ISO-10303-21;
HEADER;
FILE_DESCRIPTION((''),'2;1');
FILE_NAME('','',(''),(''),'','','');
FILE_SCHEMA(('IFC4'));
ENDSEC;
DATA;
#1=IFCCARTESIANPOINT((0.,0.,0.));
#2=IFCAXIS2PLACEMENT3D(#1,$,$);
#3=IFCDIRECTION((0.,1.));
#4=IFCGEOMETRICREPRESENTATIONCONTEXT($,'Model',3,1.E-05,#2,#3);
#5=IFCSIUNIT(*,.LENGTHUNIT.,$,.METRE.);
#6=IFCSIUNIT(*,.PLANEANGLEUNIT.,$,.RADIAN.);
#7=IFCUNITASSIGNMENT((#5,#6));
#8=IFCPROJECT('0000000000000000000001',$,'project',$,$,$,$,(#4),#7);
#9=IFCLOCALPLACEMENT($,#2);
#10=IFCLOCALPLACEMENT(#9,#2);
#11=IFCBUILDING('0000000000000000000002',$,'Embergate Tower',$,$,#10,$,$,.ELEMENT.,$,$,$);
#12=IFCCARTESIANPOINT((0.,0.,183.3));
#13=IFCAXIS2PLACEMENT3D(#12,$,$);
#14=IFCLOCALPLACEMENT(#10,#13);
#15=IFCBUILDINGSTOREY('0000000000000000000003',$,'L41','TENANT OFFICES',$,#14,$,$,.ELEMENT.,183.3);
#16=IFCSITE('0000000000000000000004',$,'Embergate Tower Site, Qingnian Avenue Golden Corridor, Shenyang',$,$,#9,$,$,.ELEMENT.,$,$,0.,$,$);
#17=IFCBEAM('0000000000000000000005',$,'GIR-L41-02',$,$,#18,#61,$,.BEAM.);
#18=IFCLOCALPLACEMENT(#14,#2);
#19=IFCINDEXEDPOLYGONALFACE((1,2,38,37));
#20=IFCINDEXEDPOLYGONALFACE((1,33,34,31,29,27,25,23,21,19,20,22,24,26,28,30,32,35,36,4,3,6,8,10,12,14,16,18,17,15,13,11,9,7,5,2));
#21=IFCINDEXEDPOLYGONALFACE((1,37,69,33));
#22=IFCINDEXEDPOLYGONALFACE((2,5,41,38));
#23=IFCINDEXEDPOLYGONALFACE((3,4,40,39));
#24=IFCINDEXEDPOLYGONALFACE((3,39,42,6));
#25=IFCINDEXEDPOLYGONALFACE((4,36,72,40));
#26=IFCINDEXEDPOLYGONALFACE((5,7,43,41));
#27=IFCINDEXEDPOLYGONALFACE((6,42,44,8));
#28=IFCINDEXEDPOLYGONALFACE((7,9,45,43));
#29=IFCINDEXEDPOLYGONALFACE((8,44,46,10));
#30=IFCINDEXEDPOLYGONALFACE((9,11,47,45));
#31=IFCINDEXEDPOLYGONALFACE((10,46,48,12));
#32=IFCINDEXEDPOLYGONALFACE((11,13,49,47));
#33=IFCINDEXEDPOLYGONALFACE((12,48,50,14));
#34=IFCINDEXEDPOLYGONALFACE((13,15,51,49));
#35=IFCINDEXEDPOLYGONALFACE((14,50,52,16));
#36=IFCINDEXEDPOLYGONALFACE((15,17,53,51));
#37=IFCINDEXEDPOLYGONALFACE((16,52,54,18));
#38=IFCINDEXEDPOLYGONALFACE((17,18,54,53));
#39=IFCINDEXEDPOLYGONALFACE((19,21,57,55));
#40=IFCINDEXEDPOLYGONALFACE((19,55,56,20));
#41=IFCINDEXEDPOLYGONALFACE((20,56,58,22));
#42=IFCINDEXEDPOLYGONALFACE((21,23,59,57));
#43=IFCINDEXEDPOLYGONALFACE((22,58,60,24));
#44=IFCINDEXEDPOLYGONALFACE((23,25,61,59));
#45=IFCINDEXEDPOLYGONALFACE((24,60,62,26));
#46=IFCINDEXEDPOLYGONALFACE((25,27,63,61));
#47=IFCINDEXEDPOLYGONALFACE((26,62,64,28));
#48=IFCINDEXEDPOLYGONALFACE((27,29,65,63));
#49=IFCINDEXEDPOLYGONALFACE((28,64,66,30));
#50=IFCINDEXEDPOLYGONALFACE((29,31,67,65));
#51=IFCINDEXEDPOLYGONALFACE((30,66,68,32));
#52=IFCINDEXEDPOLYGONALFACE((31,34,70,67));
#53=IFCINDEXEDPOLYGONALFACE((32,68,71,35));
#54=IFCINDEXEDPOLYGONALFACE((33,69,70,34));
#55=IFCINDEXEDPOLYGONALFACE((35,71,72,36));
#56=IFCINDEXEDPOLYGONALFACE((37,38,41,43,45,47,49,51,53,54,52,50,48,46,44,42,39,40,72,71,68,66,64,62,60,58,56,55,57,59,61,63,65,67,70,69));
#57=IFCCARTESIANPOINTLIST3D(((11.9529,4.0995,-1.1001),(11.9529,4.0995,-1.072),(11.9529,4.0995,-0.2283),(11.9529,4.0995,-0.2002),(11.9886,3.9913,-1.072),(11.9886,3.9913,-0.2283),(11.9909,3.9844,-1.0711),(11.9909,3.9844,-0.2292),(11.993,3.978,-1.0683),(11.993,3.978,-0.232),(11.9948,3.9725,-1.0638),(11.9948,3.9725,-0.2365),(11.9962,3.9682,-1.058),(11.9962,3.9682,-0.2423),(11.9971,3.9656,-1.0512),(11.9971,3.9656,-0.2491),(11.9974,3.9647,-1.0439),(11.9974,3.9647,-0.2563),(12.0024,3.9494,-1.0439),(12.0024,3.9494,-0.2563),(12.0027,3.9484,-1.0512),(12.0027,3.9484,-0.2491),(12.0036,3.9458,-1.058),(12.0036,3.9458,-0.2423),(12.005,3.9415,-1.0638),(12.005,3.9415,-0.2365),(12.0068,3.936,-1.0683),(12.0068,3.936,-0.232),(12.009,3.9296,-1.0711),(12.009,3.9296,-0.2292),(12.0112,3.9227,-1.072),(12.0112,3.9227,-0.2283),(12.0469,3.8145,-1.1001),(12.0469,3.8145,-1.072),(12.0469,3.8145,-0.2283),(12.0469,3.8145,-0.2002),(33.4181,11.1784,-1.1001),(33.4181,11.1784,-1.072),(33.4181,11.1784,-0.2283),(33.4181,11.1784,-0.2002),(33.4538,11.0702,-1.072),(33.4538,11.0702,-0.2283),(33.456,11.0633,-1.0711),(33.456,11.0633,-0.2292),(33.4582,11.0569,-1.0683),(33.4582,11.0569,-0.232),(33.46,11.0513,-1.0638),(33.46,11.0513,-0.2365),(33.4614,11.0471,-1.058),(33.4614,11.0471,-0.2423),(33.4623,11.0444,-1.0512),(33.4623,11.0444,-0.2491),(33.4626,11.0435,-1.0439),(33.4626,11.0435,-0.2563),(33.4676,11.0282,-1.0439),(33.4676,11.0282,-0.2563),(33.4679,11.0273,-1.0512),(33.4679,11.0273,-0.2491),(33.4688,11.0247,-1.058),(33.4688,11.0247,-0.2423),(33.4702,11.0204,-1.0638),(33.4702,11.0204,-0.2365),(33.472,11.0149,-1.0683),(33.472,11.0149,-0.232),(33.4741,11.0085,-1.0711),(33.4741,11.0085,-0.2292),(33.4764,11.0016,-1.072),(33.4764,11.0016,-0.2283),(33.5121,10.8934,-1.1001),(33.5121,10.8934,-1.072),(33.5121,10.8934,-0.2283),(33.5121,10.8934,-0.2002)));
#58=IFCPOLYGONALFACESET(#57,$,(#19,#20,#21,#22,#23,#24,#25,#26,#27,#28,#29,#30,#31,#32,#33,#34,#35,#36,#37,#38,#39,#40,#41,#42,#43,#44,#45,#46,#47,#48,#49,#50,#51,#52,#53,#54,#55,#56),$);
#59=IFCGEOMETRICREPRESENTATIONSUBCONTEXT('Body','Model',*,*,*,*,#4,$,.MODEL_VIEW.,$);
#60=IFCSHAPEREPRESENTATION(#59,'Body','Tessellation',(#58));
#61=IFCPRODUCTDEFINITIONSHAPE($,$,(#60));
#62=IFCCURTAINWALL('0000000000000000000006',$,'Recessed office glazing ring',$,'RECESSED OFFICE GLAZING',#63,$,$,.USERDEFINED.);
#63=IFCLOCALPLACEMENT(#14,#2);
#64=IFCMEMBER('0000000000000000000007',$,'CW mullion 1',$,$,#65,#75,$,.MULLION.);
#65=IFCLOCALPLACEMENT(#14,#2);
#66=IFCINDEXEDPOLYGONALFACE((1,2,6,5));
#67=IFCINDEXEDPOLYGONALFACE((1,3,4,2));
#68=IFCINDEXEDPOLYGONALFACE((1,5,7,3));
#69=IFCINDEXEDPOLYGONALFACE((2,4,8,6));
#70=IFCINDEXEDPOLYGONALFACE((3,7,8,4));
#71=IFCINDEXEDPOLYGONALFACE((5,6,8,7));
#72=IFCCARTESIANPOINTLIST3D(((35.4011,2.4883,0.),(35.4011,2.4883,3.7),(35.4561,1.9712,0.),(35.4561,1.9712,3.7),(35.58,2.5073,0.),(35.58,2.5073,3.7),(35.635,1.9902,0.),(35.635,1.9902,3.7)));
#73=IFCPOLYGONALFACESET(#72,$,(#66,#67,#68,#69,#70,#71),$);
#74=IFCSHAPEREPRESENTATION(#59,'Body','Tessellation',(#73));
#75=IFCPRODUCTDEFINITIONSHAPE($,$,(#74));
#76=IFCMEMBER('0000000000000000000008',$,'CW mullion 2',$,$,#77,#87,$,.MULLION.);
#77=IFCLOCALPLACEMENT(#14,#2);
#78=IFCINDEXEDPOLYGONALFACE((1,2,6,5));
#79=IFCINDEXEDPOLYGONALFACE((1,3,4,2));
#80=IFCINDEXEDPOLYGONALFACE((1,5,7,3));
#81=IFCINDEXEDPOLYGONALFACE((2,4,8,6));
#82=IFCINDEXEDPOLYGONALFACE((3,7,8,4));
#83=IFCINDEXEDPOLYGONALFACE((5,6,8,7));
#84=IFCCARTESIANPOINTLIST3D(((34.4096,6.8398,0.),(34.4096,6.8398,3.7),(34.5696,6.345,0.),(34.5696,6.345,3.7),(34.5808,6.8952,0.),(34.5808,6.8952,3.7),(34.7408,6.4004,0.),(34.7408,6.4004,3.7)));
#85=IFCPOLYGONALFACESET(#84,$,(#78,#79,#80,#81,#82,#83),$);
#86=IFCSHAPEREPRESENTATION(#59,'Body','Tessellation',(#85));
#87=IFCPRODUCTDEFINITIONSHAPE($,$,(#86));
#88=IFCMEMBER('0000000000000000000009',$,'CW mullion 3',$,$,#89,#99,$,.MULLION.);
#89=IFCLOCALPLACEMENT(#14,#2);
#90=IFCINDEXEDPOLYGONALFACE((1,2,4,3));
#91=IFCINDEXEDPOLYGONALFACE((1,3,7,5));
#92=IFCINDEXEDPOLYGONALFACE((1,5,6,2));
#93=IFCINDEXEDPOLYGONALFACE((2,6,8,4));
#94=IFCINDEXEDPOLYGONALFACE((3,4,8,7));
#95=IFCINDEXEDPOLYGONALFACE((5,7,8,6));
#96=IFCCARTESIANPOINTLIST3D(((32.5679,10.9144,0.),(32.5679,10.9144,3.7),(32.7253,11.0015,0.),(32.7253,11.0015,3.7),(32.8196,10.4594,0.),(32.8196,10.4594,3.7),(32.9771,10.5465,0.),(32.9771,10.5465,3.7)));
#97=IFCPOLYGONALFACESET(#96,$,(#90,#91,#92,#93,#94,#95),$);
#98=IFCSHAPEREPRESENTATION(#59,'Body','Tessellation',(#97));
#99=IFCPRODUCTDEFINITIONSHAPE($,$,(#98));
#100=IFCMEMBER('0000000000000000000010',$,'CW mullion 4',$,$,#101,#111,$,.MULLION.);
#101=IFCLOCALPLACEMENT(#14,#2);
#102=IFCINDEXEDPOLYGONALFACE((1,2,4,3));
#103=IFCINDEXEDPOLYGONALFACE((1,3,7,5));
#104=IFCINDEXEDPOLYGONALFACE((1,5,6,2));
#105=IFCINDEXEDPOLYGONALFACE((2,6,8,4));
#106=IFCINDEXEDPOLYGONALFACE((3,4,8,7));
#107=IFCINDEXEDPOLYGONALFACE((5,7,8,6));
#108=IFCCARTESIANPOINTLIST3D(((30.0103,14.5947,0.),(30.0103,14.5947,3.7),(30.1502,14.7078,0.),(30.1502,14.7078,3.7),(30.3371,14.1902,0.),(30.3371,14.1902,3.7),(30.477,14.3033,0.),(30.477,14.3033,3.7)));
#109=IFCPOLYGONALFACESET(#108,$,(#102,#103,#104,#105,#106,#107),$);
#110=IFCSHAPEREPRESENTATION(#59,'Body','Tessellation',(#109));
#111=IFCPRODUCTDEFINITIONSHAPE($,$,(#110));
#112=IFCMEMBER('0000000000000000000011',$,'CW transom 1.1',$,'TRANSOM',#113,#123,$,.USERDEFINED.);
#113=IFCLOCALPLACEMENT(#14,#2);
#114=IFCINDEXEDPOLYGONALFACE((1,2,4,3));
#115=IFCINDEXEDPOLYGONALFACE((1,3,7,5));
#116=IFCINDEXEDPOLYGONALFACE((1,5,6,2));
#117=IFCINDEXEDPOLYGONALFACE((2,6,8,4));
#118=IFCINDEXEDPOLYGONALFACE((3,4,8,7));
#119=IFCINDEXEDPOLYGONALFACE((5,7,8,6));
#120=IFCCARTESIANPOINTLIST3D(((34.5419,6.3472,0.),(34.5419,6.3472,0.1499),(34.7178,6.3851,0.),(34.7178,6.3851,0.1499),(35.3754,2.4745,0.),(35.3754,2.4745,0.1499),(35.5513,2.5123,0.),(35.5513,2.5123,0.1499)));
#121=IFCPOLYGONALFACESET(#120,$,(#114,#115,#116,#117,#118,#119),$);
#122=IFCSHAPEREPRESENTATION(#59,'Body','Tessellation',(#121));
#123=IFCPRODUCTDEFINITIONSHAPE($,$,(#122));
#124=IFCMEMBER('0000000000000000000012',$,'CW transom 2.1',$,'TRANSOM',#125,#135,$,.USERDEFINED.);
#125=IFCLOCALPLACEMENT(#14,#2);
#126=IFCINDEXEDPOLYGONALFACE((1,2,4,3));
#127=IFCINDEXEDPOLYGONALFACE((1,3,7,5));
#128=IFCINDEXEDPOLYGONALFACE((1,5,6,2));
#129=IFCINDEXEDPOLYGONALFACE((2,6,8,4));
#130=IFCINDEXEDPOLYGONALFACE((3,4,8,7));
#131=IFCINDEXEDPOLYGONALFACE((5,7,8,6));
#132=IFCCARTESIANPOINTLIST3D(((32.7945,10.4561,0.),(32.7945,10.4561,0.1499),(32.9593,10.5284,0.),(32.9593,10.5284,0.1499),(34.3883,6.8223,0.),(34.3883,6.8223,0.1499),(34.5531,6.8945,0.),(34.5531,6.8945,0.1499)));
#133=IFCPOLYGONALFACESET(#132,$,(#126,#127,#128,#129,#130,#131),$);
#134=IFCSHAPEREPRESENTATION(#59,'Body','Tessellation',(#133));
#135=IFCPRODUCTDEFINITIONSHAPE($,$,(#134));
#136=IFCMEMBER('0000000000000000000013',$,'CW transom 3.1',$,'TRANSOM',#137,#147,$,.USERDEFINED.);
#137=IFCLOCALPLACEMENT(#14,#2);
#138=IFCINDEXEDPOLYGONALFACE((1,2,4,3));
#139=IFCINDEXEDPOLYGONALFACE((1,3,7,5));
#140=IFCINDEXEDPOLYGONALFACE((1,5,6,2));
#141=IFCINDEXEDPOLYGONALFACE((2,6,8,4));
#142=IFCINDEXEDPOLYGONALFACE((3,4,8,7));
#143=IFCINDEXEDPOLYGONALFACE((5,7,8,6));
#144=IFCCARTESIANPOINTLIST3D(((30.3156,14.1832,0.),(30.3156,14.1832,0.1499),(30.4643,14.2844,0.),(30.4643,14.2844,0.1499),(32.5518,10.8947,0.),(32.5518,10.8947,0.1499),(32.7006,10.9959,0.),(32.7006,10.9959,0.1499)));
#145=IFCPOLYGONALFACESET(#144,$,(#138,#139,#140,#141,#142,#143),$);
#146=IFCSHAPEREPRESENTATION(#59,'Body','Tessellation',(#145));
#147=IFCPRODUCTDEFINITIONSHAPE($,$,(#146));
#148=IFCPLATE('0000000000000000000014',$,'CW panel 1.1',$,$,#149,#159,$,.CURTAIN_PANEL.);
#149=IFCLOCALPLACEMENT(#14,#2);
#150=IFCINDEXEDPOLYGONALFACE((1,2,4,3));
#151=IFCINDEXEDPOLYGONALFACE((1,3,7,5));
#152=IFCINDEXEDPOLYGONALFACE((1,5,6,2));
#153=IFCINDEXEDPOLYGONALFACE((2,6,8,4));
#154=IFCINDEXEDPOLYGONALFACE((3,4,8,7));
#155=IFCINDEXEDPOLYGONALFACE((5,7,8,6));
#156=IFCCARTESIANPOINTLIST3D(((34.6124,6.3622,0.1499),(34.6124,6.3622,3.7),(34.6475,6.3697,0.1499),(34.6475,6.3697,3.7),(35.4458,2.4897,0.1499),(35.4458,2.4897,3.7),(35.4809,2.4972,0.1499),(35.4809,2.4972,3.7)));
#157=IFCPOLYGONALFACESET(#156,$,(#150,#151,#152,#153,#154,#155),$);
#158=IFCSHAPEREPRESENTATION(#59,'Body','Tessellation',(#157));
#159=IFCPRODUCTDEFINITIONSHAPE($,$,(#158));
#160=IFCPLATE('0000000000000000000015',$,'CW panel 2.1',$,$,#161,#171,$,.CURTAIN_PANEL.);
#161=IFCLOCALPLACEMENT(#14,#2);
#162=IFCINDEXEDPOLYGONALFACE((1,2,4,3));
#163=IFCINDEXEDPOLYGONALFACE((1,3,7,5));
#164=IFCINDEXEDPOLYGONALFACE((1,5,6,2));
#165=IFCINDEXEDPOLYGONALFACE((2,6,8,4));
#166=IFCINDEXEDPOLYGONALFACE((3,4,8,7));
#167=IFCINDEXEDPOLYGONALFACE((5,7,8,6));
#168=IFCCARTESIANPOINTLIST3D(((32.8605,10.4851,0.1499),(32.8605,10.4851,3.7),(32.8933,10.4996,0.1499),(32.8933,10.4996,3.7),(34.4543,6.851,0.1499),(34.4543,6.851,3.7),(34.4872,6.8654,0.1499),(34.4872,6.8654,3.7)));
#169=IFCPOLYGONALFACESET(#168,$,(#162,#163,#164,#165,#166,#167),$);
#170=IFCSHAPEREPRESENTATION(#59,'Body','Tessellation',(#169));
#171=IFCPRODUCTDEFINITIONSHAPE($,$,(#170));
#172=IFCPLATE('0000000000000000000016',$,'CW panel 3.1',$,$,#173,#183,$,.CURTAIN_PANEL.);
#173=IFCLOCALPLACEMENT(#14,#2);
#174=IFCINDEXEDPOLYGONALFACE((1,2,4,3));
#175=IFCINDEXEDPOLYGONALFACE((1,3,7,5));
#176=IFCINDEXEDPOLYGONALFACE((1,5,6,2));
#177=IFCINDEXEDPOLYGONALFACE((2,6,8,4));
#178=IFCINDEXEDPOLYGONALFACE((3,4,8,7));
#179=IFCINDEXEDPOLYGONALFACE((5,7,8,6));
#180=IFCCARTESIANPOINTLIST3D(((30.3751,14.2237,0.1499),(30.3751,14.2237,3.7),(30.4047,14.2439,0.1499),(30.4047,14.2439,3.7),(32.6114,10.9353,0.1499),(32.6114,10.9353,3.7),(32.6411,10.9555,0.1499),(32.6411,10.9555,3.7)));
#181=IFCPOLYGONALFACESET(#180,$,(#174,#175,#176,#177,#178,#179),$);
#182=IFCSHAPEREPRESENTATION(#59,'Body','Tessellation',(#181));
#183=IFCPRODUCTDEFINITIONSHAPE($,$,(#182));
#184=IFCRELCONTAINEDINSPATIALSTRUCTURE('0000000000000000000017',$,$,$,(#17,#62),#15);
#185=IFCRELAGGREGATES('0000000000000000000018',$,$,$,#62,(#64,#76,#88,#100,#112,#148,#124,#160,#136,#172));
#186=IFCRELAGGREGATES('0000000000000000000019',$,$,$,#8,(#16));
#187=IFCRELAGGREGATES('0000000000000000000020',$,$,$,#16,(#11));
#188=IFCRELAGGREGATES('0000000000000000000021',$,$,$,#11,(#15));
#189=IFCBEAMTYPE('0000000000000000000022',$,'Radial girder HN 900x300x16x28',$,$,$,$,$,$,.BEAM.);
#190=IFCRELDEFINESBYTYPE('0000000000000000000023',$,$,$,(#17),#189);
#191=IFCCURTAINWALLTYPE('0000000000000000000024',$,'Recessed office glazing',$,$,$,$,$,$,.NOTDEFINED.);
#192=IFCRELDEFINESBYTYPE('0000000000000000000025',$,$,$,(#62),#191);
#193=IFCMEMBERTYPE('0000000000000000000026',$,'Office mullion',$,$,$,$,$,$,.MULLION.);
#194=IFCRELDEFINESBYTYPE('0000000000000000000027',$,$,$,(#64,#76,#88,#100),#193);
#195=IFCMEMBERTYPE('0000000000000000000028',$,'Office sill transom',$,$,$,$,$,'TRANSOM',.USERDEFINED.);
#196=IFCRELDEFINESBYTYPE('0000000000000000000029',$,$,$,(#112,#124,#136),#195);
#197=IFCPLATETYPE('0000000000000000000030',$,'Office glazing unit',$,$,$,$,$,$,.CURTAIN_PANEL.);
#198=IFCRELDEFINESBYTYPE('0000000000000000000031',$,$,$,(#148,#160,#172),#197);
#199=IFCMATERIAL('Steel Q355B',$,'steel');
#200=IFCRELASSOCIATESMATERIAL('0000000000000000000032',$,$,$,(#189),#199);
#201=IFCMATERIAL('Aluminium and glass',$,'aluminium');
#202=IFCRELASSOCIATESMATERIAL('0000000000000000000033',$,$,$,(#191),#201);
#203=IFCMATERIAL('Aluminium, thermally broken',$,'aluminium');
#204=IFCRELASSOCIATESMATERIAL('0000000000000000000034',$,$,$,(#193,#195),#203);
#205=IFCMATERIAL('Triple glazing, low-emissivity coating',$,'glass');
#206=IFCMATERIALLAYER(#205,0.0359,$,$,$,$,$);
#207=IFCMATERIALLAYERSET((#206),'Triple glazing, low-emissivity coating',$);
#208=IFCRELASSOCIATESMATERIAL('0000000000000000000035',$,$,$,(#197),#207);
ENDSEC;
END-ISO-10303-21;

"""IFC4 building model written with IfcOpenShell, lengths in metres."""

from ifc_helpers import new_model, si_unit, direction, frame, origin, origin_2d, place, context, subcontext, project, spatial, rectangle, i_section, extrude, source, transform, mapped, material, layer, layer_set, material_profile, profile_set, type_object, element, aggregate, save


model = new_model("IFC4")

# Units and contexts
model_context = context("Model", 3, precision=1e-05, world=origin(), true_north=direction((0.0, 1.0)))
body_context = subcontext(model_context, "Body", "Model", "MODEL_VIEW")
ifc_project = project(units=[si_unit("LENGTHUNIT", "METRE"), si_unit("PLANEANGLEUNIT", "RADIAN")], contexts=[model_context])

# Site, building, storey
site_placement = place(None, origin())
site = spatial("IfcSite", under=ifc_project, at=site_placement, Name="Embergate Tower Site, Qingnian Avenue Golden Corridor, Shenyang", CompositionType="ELEMENT", RefElevation=0.0)
building_placement = place(site_placement, origin())
building = spatial("IfcBuilding", under=site, at=building_placement, Name="Embergate Tower", CompositionType="ELEMENT")
storey_placement = place(building_placement, frame((0.0, 0.0, 183.3)))
storey = spatial("IfcBuildingStorey", under=building, at=storey_placement, Name="L41", Description="TENANT OFFICES", CompositionType="ELEMENT", Elevation=183.3)

# Beam
ifc_material_1 = material(Name="Steel Q355B", Category="steel")
ifc_material_profile_1 = material_profile(ifc_material_1, i_section(OverallWidth=0.3, OverallDepth=0.8999, WebThickness=0.0161, FlangeThickness=0.0281, FilletRadius=0.0281, at=origin_2d()), Name="HN 900x300x16x28")
ifc_profile_set_1 = profile_set([ifc_material_profile_1], Name="Steel Q355 grade B")
beam_type_1 = type_object("IfcBeamType", Name="Radial girder HN 900x300x16x28", PredefinedType="BEAM", material=ifc_profile_set_1)
shared_shape_1 = source(origin(), body_context, "Body", "SweptSolid", [
    extrude(i_section(OverallWidth=0.3, OverallDepth=0.8999, WebThickness=0.0161, FlangeThickness=0.0281, FilletRadius=0.0281, at=origin_2d()), origin(), (0.0, 0.0, 1.0), 22.6023),
])
beam_1_placement = place(storey_placement, frame((33.4651, 11.0359, -0.6501), z_axis=(-0.949689, -0.313193, 0.0), x_axis=(0.313193, -0.949689, 0.0)))
element("IfcBeam", 1, at=beam_1_placement, inside=storey, type_object=beam_type_1, Name="GIR-L41-02", PredefinedType="BEAM", context=body_context, shape_type="MappedRepresentation", body=[
    mapped(shared_shape_1, transform((0.0, 0.0, 0.0))),
])

# Curtain wall, members, plates
ifc_material_2 = material(Name="Aluminium and glass", Category="aluminium")
curtain_wall_type = type_object("IfcCurtainWallType", Name="Recessed office glazing", PredefinedType="NOTDEFINED", material=ifc_material_2)
curtain_wall_placement = place(storey_placement, origin())
curtain_wall = element("IfcCurtainWall", 2, at=curtain_wall_placement, inside=storey, type_object=curtain_wall_type, Name="Recessed office glazing ring", ObjectType="RECESSED OFFICE GLAZING", PredefinedType="USERDEFINED")
ifc_material_3 = material(Name="Aluminium, thermally broken", Category="aluminium")
ifc_material_profile_2 = material_profile(ifc_material_3, rectangle(XDim=0.1799, YDim=0.52, at=origin_2d()), Name="AL 520x180")
ifc_profile_set_2 = profile_set([ifc_material_profile_2], Name="Aluminium, thermally broken")
member_type_1 = type_object("IfcMemberType", Name="Office mullion", PredefinedType="MULLION", material=ifc_profile_set_2)
shared_shape_2 = source(origin(), body_context, "Body", "SweptSolid", [
    extrude(rectangle(XDim=0.1799, YDim=0.52, at=origin_2d()), origin(), (0.0, 0.0, 1.0), 3.7),
])
member_1_placement = place(storey_placement, frame((35.5181, 2.2393, 0.0), z_axis=(0.0, 0.0, 1.0), x_axis=(-0.994385, -0.105823, 0.0)))
member_1 = element("IfcMember", 3, at=member_1_placement, type_object=member_type_1, Name="CW mullion 1", PredefinedType="MULLION", context=body_context, shape_type="MappedRepresentation", body=[
    mapped(shared_shape_2, transform((0.0, 0.0, 0.0))),
])
member_2_placement = place(storey_placement, frame((34.5752, 6.6201, 0.0), z_axis=(0.0, 0.0, 1.0), x_axis=(-0.951498, -0.307656, 0.0)))
member_2 = element("IfcMember", 4, at=member_2_placement, type_object=member_type_1, Name="CW mullion 2", PredefinedType="MULLION", context=body_context, shape_type="MappedRepresentation", body=[
    mapped(shared_shape_2, transform((0.0, 0.0, 0.0))),
])
member_3_placement = place(storey_placement, frame((32.7725, 10.7305, 0.0), z_axis=(0.0, 0.0, 1.0), x_axis=(-0.875003, -0.484118, 0.0)))
member_3 = element("IfcMember", 5, at=member_3_placement, type_object=member_type_1, Name="CW mullion 3", PredefinedType="MULLION", context=body_context, shape_type="MappedRepresentation", body=[
    mapped(shared_shape_2, transform((0.0, 0.0, 0.0))),
])
member_4_placement = place(storey_placement, frame((30.2437, 14.449, 0.0), z_axis=(0.0, 0.0, 1.0), x_axis=(-0.777874, -0.628421, 0.0)))
member_4 = element("IfcMember", 6, at=member_4_placement, type_object=member_type_1, Name="CW mullion 4", PredefinedType="MULLION", context=body_context, shape_type="MappedRepresentation", body=[
    mapped(shared_shape_2, transform((0.0, 0.0, 0.0))),
])
ifc_material_profile_3 = material_profile(ifc_material_3, rectangle(XDim=0.1799, YDim=0.1499, at=origin_2d()), Name="AL 150x180")
ifc_profile_set_3 = profile_set([ifc_material_profile_3], Name="Aluminium, thermally broken")
member_type_2 = type_object("IfcMemberType", Name="Office sill transom", ElementType="TRANSOM", PredefinedType="USERDEFINED", material=ifc_profile_set_3)
shared_shape_3 = source(origin(), body_context, "Body", "SweptSolid", [
    extrude(rectangle(XDim=0.1799, YDim=0.1499, at=origin_2d()), origin(), (0.0, 0.0, 1.0), 3.9614),
])
member_5_placement = place(storey_placement, frame((35.4634, 2.4934, 0.075), z_axis=(-0.2104, 0.977615, 0.0), x_axis=(-0.977615, -0.2104, 0.0)))
member_5 = element("IfcMember", 7, at=member_5_placement, type_object=member_type_2, Name="CW transom 1.1", ObjectType="TRANSOM", PredefinedType="USERDEFINED", context=body_context, shape_type="MappedRepresentation", body=[
    mapped(shared_shape_3, transform((0.0, 0.0, 0.0))),
])
shared_shape_4 = source(origin(), body_context, "Body", "SweptSolid", [
    extrude(rectangle(XDim=0.1799, YDim=0.1499, at=origin_2d()), origin(), (0.0, 0.0, 1.0), 3.968),
])
member_6_placement = place(storey_placement, frame((34.4707, 6.8584, 0.075), z_axis=(-0.401658, 0.91579, 0.0), x_axis=(-0.91579, -0.401658, 0.0)))
member_6 = element("IfcMember", 8, at=member_6_placement, type_object=member_type_2, Name="CW transom 2.1", ObjectType="TRANSOM", PredefinedType="USERDEFINED", context=body_context, shape_type="MappedRepresentation", body=[
    mapped(shared_shape_4, transform((0.0, 0.0, 0.0))),
])
shared_shape_5 = source(origin(), body_context, "Body", "SweptSolid", [
    extrude(rectangle(XDim=0.1799, YDim=0.1499, at=origin_2d()), origin(), (0.0, 0.0, 1.0), 3.9768),
])
member_7_placement = place(storey_placement, frame((32.6262, 10.9453, 0.075), z_axis=(-0.562327, 0.826915, 0.0), x_axis=(-0.826915, -0.562327, 0.0)))
member_7 = element("IfcMember", 9, at=member_7_placement, type_object=member_type_2, Name="CW transom 3.1", ObjectType="TRANSOM", PredefinedType="USERDEFINED", context=body_context, shape_type="MappedRepresentation", body=[
    mapped(shared_shape_5, transform((0.0, 0.0, 0.0))),
])
ifc_material_4 = material(Name="Triple glazing, low-emissivity coating", Category="glass")
ifc_layer_1 = layer(ifc_material_4, 0.0359)
ifc_layer_set_1 = layer_set([ifc_layer_1], Name="Triple glazing, low-emissivity coating")
plate_type = type_object("IfcPlateType", Name="Office glazing unit", PredefinedType="CURTAIN_PANEL", material=ifc_layer_set_1)
shared_shape_6 = source(origin(), body_context, "Body", "SweptSolid", [
    extrude(rectangle(XDim=3.9612, YDim=0.0359, at=origin_2d()), origin(), (0.0, 0.0, 1.0), 3.55),
])
plate_1_placement = place(storey_placement, frame((35.0466, 4.4297, 0.1499), z_axis=(0.0, 0.0, 1.0), x_axis=(-0.210397, 0.977616, 0.0)))
plate_1 = element("IfcPlate", 10, at=plate_1_placement, type_object=plate_type, Name="CW panel 1.1", PredefinedType="CURTAIN_PANEL", context=body_context, shape_type="MappedRepresentation", body=[
    mapped(shared_shape_6, transform((0.0, 0.0, 0.0))),
])
shared_shape_7 = source(origin(), body_context, "Body", "SweptSolid", [
    extrude(rectangle(XDim=3.9683, YDim=0.0359, at=origin_2d()), origin(), (0.0, 0.0, 1.0), 3.55),
])
plate_2_placement = place(storey_placement, frame((33.6738, 8.6753, 0.1499), z_axis=(0.0, 0.0, 1.0), x_axis=(-0.401651, 0.915793, 0.0)))
plate_2 = element("IfcPlate", 11, at=plate_2_placement, type_object=plate_type, Name="CW panel 2.1", PredefinedType="CURTAIN_PANEL", context=body_context, shape_type="MappedRepresentation", body=[
    mapped(shared_shape_7, transform((0.0, 0.0, 0.0))),
])
shared_shape_8 = source(origin(), body_context, "Body", "SweptSolid", [
    extrude(rectangle(XDim=3.9768, YDim=0.0359, at=origin_2d()), origin(), (0.0, 0.0, 1.0), 3.55),
])
plate_3_placement = place(storey_placement, frame((31.5081, 12.5896, 0.1499), z_axis=(0.0, 0.0, 1.0), x_axis=(-0.56234, 0.826906, 0.0)))
plate_3 = element("IfcPlate", 12, at=plate_3_placement, type_object=plate_type, Name="CW panel 3.1", PredefinedType="CURTAIN_PANEL", context=body_context, shape_type="MappedRepresentation", body=[
    mapped(shared_shape_8, transform((0.0, 0.0, 0.0))),
])
aggregate(curtain_wall, [member_1, member_2, member_3, member_4, member_5, plate_1, member_6, plate_2, member_7, plate_3])

save(model, "model.ifc")
